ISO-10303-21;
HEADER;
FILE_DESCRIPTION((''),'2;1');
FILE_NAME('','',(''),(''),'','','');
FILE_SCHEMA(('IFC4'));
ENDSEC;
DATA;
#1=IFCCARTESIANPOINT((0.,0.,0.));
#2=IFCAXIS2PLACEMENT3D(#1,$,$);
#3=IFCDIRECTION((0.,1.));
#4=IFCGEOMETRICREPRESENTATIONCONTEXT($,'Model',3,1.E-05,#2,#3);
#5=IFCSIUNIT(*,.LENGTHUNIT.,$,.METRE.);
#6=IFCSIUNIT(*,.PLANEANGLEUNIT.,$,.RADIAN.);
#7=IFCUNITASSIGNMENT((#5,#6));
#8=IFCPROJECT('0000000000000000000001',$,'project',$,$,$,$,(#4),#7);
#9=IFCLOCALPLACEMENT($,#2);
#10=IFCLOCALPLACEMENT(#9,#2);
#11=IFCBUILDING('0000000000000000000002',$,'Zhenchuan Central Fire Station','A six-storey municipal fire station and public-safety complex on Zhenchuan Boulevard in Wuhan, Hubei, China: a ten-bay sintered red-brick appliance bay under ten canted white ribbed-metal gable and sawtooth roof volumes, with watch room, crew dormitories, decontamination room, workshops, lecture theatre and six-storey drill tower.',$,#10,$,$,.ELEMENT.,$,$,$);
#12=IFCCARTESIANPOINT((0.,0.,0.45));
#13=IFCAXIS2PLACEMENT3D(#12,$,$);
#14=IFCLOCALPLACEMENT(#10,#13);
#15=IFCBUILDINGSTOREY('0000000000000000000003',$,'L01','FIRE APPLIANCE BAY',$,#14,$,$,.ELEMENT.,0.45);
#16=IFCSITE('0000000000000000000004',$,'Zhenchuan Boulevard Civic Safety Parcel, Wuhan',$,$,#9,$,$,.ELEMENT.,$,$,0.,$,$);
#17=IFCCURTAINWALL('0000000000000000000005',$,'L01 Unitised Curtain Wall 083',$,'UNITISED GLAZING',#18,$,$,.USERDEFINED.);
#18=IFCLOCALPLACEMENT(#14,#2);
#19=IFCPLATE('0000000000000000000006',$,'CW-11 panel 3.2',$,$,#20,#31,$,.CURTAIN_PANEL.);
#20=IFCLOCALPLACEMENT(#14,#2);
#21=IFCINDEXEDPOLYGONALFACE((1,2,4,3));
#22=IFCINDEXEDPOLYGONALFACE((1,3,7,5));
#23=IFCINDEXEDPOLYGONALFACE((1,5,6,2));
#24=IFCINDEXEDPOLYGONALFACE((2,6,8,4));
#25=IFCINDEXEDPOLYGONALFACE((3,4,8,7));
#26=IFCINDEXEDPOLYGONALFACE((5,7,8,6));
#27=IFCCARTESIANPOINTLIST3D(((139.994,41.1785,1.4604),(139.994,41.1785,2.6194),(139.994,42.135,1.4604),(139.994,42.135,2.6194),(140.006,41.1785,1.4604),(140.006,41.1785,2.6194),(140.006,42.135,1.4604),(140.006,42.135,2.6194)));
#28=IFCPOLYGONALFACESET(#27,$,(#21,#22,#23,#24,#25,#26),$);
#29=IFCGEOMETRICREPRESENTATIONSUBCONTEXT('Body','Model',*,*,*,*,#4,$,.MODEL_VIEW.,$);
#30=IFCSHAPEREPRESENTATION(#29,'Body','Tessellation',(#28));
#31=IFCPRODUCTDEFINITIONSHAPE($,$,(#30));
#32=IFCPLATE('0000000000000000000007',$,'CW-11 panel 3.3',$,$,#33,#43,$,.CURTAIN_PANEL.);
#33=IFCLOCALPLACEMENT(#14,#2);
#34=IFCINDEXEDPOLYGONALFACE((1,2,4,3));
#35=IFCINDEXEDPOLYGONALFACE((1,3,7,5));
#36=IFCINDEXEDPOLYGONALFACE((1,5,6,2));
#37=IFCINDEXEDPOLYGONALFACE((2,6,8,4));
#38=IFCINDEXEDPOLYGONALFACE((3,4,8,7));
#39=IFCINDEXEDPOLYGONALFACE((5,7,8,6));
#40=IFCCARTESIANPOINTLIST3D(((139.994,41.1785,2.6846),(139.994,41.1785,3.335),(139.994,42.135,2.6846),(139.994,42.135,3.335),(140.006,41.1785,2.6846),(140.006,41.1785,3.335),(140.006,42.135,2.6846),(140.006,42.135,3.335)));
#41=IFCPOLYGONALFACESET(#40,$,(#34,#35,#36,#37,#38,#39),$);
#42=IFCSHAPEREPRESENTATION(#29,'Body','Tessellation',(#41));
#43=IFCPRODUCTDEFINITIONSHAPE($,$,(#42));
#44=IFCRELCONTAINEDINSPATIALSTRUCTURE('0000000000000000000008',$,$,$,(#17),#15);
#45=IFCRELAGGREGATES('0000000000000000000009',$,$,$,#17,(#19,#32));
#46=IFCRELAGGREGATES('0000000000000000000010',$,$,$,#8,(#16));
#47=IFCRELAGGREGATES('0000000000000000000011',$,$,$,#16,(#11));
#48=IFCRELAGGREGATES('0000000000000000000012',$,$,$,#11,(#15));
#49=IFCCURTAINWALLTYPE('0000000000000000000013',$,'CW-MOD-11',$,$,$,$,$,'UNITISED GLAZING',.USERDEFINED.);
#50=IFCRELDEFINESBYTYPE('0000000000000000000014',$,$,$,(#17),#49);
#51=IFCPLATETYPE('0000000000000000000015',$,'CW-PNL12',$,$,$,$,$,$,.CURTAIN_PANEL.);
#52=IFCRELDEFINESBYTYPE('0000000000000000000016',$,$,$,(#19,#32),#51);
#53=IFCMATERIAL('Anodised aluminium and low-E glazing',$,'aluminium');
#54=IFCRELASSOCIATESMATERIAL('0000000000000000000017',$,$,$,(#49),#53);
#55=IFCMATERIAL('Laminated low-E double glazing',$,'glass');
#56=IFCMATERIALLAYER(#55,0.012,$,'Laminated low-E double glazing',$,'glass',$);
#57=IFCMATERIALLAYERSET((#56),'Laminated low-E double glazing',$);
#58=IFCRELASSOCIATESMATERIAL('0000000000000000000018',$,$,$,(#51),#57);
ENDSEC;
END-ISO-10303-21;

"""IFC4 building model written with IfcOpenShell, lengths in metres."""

from ifc_helpers import new_model, si_unit, direction, frame, origin, origin_2d, place, context, subcontext, project, spatial, rectangle, extrude, material, layer, layer_set, type_object, element, aggregate, save


model = new_model("IFC4")

# Units and contexts
model_context = context("Model", 3, precision=1e-05, world=origin(), true_north=direction((0.0, 1.0)))
body_context = subcontext(model_context, "Body", "Model", "MODEL_VIEW")
ifc_project = project(units=[si_unit("LENGTHUNIT", "METRE"), si_unit("PLANEANGLEUNIT", "RADIAN")], contexts=[model_context])

# Site, building, storey
site_placement = place(None, origin())
site = spatial("IfcSite", under=ifc_project, at=site_placement, Name="Zhenchuan Boulevard Civic Safety Parcel, Wuhan", CompositionType="ELEMENT", RefElevation=0.0)
building_placement = place(site_placement, origin())
building = spatial("IfcBuilding", under=site, at=building_placement, Name="Zhenchuan Central Fire Station", Description="A six-storey municipal fire station and public-safety complex on Zhenchuan Boulevard in Wuhan, Hubei, China: a ten-bay sintered red-brick appliance bay under ten canted white ribbed-metal gable and sawtooth roof volumes, with watch room, crew dormitories, decontamination room, workshops, lecture theatre and six-storey drill tower.", CompositionType="ELEMENT")
storey_placement = place(building_placement, frame((0.0, 0.0, 0.45)))
storey = spatial("IfcBuildingStorey", under=building, at=storey_placement, Name="L01", Description="FIRE APPLIANCE BAY", CompositionType="ELEMENT", Elevation=0.45)

# Curtain wall, plates
ifc_material_1 = material(Name="Anodised aluminium and low-E glazing", Category="aluminium")
curtain_wall_type = type_object("IfcCurtainWallType", Name="CW-MOD-11", ElementType="UNITISED GLAZING", PredefinedType="USERDEFINED", material=ifc_material_1)
curtain_wall_placement = place(storey_placement, origin())
curtain_wall = element("IfcCurtainWall", 1, at=curtain_wall_placement, inside=storey, type_object=curtain_wall_type, Name="L01 Unitised Curtain Wall 083", ObjectType="UNITISED GLAZING", PredefinedType="USERDEFINED")
ifc_material_2 = material(Name="Laminated low-E double glazing", Category="glass")
ifc_layer = layer(ifc_material_2, 0.012, Name="Laminated low-E double glazing", Category="glass")
ifc_layer_set = layer_set([ifc_layer], Name="Laminated low-E double glazing")
plate_type = type_object("IfcPlateType", Name="CW-PNL12", PredefinedType="CURTAIN_PANEL", material=ifc_layer_set)
plate_1_placement = place(storey_placement, frame((140.0, 41.6567, 1.4604), z_axis=(0.0, 0.0, 1.0), x_axis=(0.0, 1.0, 0.0)))
plate_1 = element("IfcPlate", 2, at=plate_1_placement, type_object=plate_type, Name="CW-11 panel 3.2", PredefinedType="CURTAIN_PANEL", context=body_context, shape_type="SweptSolid", body=[
    extrude(rectangle(XDim=0.9565, YDim=0.012, at=origin_2d()), origin(), (0.0, 0.0, 1.0), 1.1589),
])
plate_2_placement = place(storey_placement, frame((140.0, 41.6567, 2.6846), z_axis=(0.0, 0.0, 1.0), x_axis=(0.0, 1.0, 0.0)))
plate_2 = element("IfcPlate", 3, at=plate_2_placement, type_object=plate_type, Name="CW-11 panel 3.3", PredefinedType="CURTAIN_PANEL", context=body_context, shape_type="SweptSolid", body=[
    extrude(rectangle(XDim=0.9565, YDim=0.012, at=origin_2d()), origin(), (0.0, 0.0, 1.0), 0.6504),
])
aggregate(curtain_wall, [plate_1, plate_2])

save(model, "model.ifc")
